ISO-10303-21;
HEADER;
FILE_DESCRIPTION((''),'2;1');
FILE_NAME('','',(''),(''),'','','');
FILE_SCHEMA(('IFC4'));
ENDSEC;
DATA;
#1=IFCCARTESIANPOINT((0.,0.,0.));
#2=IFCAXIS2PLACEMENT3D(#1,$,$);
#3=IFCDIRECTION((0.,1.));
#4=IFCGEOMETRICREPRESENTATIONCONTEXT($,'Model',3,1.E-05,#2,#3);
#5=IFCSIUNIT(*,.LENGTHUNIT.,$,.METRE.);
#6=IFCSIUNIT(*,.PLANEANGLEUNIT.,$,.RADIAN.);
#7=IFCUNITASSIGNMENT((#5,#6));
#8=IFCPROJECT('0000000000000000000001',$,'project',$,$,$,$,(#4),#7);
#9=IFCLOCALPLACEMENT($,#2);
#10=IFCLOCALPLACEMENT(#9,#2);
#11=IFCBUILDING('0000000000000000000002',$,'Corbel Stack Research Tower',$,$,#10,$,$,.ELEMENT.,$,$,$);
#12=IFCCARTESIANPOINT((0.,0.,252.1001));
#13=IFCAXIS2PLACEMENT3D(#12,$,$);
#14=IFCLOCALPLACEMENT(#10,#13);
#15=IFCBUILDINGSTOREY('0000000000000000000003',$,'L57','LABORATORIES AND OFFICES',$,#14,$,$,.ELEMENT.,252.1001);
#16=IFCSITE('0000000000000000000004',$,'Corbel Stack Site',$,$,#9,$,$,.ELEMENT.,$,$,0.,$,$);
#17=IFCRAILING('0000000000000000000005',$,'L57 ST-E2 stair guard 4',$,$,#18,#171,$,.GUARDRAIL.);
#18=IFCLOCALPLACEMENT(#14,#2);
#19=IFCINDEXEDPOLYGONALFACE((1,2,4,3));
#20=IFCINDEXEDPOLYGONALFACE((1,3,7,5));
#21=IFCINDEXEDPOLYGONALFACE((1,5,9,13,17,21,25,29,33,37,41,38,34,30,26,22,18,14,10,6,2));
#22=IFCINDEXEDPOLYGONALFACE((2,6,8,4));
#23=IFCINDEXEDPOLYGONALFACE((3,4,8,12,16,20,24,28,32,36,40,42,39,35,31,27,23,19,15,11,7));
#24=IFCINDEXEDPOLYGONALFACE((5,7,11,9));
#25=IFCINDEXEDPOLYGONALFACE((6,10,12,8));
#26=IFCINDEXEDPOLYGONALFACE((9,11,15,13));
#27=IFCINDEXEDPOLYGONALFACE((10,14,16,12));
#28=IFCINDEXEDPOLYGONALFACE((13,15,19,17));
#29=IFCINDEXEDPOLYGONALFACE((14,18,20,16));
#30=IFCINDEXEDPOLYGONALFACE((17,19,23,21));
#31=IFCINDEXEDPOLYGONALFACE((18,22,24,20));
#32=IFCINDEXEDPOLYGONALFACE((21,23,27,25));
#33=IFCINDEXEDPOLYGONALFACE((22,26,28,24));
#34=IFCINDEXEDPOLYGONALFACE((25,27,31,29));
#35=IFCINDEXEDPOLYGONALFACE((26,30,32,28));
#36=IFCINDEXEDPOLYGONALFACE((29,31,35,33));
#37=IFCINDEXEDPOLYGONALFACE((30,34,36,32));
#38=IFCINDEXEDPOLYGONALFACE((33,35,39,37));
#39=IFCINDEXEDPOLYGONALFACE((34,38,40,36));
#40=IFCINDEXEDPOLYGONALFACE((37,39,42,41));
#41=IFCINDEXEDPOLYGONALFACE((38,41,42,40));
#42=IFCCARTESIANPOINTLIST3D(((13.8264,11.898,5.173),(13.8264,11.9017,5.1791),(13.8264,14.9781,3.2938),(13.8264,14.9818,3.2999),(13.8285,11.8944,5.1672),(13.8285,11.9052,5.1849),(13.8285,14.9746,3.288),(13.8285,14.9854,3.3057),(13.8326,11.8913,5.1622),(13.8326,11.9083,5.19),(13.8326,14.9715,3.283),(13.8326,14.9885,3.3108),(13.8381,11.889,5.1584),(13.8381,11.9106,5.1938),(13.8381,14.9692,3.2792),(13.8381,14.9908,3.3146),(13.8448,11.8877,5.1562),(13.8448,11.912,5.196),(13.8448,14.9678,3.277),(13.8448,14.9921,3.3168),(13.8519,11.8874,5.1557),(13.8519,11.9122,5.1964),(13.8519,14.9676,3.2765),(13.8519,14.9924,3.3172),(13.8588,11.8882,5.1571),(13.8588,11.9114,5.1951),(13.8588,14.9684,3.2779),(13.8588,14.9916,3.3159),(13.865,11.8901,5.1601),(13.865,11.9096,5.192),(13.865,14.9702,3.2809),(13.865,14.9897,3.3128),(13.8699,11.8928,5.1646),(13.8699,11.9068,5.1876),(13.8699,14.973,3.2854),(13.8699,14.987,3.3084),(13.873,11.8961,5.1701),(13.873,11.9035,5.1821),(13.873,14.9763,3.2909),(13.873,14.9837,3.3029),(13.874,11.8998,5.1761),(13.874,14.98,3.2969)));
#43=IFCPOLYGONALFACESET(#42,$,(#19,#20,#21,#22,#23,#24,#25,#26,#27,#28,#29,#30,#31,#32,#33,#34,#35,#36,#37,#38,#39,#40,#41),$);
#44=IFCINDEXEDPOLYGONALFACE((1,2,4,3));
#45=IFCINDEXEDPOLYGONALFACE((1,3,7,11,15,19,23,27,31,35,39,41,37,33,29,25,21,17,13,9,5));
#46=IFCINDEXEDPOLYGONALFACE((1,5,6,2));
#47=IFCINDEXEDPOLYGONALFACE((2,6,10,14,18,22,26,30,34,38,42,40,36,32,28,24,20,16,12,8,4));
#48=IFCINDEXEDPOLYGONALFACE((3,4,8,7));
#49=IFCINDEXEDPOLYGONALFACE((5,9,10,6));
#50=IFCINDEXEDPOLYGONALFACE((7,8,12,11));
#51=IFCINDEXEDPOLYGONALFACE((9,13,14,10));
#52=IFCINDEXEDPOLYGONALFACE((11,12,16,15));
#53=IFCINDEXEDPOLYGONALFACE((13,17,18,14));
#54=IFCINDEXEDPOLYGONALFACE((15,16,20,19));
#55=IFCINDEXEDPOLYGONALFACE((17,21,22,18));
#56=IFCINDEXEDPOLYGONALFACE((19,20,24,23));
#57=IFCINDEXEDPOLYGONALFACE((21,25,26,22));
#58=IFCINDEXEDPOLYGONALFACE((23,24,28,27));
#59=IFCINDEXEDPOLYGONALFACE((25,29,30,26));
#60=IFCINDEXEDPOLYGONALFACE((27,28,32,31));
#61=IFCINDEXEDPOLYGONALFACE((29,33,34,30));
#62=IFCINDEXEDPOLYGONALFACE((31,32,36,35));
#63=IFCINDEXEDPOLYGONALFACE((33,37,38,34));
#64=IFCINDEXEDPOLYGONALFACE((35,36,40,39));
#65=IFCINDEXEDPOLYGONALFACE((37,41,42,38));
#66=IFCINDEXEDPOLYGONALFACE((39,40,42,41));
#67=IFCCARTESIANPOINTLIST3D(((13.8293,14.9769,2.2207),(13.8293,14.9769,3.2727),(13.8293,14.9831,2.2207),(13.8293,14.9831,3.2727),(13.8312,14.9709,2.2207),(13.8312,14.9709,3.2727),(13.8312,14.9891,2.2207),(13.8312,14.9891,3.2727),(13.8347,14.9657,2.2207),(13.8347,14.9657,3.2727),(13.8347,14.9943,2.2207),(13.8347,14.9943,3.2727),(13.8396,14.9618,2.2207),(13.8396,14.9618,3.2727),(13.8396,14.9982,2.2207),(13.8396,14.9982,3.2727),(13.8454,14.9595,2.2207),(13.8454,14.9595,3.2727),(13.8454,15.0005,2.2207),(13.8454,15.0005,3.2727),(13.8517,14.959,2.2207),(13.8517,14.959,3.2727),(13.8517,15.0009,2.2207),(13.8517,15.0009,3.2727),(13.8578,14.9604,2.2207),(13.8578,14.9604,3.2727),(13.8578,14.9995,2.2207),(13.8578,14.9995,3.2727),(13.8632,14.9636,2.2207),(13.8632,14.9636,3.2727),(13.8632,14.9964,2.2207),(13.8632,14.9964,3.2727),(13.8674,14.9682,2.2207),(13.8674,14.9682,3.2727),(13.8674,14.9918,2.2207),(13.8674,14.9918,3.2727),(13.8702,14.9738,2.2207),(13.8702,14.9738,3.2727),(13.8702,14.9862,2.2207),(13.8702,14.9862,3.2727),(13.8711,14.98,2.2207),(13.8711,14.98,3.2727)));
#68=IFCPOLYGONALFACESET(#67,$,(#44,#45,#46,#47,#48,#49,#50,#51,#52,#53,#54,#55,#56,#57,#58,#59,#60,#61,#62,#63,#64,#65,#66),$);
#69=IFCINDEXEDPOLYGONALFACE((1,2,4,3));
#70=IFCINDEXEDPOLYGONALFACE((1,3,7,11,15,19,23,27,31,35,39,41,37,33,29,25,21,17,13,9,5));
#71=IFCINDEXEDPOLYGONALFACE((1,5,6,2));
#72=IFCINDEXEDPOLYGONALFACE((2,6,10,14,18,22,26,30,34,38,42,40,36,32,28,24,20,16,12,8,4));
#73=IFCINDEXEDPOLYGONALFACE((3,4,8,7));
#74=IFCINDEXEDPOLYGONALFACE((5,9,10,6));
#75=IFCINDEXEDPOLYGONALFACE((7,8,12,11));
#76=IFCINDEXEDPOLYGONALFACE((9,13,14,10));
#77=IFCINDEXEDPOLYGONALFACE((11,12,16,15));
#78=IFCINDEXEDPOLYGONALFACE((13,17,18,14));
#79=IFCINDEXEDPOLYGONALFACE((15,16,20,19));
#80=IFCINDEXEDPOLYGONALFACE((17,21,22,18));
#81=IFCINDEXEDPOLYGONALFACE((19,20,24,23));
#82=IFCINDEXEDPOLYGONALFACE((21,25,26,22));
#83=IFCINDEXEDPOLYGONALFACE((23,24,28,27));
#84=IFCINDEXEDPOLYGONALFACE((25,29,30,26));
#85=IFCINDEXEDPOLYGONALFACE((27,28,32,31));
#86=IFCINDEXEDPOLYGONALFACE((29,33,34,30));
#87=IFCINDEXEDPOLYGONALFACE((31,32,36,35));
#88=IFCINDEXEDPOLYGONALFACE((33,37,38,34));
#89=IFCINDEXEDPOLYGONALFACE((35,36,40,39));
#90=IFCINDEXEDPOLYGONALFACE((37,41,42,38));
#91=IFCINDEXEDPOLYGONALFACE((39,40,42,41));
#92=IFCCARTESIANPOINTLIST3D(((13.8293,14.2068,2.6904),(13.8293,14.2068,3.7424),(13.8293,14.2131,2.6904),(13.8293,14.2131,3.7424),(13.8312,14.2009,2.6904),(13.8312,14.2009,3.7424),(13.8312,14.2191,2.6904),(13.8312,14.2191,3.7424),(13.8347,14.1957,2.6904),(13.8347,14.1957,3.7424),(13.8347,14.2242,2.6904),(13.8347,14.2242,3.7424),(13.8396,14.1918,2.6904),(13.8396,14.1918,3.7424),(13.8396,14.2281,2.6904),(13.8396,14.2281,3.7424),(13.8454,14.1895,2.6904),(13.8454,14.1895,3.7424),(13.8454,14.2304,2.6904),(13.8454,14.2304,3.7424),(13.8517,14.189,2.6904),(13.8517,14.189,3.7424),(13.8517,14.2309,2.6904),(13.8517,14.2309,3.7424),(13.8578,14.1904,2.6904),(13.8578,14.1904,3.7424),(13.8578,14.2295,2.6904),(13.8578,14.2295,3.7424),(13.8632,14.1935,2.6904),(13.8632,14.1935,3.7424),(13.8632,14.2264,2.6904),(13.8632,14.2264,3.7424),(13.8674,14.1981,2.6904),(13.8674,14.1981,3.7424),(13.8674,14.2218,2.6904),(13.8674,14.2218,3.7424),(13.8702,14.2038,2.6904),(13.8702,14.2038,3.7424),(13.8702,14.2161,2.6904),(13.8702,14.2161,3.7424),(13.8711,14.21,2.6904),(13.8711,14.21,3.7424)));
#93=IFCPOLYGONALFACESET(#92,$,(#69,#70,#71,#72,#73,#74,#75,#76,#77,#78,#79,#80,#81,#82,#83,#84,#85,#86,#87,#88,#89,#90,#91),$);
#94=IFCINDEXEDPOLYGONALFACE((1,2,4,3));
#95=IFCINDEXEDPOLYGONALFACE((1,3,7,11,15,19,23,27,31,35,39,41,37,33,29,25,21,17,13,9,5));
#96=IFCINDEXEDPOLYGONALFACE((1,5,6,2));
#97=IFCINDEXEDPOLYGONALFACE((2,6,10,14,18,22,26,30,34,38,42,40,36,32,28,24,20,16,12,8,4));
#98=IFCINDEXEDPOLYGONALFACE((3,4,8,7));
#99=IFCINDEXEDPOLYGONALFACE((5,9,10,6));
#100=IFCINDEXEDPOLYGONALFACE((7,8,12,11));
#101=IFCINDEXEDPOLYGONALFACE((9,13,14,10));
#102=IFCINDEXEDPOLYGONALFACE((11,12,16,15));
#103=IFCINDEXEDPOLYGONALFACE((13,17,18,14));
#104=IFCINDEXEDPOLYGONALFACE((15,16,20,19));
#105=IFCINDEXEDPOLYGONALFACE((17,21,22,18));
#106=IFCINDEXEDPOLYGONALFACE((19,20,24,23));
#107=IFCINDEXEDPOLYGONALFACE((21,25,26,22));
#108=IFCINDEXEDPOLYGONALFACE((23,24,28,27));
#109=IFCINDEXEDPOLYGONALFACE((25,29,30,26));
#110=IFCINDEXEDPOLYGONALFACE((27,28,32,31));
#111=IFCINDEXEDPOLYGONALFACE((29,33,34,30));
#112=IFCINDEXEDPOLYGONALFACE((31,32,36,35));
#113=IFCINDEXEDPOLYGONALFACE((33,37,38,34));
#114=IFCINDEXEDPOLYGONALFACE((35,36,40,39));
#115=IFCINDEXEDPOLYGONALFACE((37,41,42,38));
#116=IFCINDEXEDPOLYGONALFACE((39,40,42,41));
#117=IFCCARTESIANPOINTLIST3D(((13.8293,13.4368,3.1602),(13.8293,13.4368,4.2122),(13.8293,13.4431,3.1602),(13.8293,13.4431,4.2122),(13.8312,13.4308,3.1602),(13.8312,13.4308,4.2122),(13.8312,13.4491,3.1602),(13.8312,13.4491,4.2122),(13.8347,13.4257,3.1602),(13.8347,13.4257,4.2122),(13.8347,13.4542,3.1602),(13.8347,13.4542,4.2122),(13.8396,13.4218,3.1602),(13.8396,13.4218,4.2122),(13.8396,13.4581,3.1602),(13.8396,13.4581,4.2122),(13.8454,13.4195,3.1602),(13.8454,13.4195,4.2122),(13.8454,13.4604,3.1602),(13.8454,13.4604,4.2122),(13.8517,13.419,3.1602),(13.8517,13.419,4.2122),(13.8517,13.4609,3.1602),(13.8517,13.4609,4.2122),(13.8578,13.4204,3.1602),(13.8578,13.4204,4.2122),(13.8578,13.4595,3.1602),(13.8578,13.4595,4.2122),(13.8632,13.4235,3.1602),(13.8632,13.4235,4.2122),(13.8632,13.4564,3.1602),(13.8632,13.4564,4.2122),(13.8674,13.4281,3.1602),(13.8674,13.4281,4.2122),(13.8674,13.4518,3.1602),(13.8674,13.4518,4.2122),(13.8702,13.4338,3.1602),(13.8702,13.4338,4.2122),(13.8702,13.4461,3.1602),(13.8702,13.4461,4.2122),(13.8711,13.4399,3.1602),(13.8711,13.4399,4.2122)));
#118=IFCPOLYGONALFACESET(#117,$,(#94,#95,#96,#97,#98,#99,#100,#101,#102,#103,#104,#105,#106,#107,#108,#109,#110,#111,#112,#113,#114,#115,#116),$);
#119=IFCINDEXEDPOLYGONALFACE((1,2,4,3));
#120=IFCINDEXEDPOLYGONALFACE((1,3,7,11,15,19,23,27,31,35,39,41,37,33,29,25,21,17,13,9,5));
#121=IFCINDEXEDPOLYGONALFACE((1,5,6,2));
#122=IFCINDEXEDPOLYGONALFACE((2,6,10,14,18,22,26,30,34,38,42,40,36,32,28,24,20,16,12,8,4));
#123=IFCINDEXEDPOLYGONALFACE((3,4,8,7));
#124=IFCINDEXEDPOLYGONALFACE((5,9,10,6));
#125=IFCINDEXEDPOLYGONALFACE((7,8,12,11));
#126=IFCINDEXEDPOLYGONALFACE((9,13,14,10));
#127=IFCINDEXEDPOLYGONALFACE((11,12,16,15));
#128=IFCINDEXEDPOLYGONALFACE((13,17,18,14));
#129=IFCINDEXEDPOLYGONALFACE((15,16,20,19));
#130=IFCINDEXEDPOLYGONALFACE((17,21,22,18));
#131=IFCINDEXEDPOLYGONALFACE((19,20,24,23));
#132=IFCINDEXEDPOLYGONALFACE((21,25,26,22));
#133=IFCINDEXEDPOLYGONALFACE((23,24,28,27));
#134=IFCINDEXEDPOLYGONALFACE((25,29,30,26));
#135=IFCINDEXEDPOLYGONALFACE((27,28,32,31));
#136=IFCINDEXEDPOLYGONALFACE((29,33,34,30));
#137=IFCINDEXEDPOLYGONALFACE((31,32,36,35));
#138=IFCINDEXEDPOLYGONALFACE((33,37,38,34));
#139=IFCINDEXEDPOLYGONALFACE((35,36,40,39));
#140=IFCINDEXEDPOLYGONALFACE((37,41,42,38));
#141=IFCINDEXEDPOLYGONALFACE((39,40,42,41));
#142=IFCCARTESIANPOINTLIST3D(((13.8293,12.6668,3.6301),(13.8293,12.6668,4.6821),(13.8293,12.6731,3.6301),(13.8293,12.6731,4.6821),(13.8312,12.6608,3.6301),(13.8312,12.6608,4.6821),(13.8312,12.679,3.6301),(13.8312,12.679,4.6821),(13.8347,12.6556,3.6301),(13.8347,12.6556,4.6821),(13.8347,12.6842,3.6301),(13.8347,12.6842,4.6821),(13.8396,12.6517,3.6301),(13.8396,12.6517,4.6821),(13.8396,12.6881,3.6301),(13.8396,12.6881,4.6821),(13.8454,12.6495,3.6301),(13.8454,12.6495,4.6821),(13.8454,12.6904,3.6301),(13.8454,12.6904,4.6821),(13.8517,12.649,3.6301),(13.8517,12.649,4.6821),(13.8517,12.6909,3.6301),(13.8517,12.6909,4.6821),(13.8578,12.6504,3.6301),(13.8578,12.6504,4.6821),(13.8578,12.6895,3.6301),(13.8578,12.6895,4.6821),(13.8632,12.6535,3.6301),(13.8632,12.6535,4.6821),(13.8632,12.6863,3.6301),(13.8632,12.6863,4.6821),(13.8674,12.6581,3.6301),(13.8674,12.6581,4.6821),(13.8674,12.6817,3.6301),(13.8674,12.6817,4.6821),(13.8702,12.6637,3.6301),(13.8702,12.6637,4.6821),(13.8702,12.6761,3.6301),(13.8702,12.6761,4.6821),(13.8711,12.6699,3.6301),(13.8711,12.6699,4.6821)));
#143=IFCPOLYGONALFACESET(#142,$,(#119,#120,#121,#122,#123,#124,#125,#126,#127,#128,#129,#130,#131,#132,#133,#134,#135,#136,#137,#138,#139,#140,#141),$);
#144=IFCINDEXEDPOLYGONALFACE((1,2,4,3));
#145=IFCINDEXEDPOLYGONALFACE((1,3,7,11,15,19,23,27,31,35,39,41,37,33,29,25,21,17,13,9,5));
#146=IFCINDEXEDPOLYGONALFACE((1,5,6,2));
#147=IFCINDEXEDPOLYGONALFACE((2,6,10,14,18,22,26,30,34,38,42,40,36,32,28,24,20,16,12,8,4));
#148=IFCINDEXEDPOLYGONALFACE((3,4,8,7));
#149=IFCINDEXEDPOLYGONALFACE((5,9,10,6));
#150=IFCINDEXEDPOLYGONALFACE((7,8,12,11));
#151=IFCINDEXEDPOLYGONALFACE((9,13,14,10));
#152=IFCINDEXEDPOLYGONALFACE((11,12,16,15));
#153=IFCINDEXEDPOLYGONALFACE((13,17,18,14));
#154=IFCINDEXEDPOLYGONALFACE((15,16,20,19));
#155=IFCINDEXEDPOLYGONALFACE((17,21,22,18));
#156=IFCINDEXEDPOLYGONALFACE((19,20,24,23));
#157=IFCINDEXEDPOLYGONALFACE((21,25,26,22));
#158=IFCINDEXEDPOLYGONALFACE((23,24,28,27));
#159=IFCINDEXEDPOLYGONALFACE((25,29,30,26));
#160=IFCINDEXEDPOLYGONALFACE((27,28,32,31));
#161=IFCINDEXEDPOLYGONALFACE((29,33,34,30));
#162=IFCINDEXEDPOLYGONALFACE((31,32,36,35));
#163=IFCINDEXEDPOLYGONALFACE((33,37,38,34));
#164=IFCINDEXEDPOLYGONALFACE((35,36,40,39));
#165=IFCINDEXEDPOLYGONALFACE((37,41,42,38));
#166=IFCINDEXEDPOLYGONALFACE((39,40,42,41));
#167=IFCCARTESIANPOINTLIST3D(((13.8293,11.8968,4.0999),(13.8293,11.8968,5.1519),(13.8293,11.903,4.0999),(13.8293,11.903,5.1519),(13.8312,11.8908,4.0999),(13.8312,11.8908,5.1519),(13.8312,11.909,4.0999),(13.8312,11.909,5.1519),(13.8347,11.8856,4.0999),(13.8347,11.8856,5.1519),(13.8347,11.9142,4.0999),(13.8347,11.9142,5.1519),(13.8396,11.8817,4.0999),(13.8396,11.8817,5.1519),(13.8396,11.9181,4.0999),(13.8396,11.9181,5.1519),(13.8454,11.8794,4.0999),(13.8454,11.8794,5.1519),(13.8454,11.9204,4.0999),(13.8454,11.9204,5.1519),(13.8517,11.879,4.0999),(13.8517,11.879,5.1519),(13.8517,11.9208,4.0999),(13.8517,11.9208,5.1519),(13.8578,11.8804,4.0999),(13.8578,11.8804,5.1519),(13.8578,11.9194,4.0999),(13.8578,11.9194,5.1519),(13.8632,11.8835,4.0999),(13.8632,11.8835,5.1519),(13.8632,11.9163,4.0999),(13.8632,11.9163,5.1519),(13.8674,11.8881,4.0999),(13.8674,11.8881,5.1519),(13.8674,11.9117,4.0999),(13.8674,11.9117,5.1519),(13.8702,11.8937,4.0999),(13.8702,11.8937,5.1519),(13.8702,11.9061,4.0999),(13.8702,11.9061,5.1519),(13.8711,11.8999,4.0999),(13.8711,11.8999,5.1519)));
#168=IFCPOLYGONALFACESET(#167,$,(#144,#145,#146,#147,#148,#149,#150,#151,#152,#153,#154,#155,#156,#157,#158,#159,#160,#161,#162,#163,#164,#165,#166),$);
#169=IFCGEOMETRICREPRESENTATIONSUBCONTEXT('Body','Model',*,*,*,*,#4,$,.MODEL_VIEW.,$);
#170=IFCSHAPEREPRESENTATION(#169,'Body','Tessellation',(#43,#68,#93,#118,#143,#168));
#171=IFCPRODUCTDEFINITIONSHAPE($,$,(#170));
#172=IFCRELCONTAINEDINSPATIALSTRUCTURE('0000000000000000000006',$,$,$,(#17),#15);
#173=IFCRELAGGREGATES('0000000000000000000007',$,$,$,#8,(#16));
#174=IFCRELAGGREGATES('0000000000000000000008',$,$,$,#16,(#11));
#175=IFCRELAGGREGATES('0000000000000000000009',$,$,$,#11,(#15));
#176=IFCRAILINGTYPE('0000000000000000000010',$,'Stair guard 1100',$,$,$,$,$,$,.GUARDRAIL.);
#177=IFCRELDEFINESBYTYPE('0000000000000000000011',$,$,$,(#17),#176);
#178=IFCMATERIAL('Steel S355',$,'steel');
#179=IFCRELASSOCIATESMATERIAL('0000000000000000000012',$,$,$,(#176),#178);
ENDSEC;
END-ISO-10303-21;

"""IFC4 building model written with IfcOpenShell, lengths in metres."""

from ifc_helpers import new_model, si_unit, direction, frame, origin, origin_2d, place, context, subcontext, project, spatial, circle, extrude, material, type_object, element, save


model = new_model("IFC4")

# Units and contexts
model_context = context("Model", 3, precision=1e-05, world=origin(), true_north=direction((0.0, 1.0)))
body_context = subcontext(model_context, "Body", "Model", "MODEL_VIEW")
ifc_project = project(units=[si_unit("LENGTHUNIT", "METRE"), si_unit("PLANEANGLEUNIT", "RADIAN")], contexts=[model_context])

# Site, building, storey
site_placement = place(None, origin())
site = spatial("IfcSite", under=ifc_project, at=site_placement, Name="Corbel Stack Site", CompositionType="ELEMENT", RefElevation=0.0)
building_placement = place(site_placement, origin())
building = spatial("IfcBuilding", under=site, at=building_placement, Name="Corbel Stack Research Tower", CompositionType="ELEMENT")
storey_placement = place(building_placement, frame((0.0, 0.0, 252.1001)))
storey = spatial("IfcBuildingStorey", under=building, at=storey_placement, Name="L57", Description="LABORATORIES AND OFFICES", CompositionType="ELEMENT", Elevation=252.1001)

# Railing
ifc_material_1 = material(Name="Steel S355", Category="steel")
railing_type_1 = type_object("IfcRailingType", Name="Stair guard 1100", PredefinedType="GUARDRAIL", material=ifc_material_1)
railing_1_placement = place(storey_placement, frame((13.8501, 14.98, 2.2207)))
element("IfcRailing", 1, at=railing_1_placement, inside=storey, type_object=railing_type_1, Name="L57 ST-E2 stair guard 4", PredefinedType="GUARDRAIL", context=body_context, shape_type="SweptSolid", body=[
    extrude(circle(Radius=0.0239, at=origin_2d()), frame((0.0, 0.0, 1.0762), z_axis=(0.0, -0.853666, 0.52082), x_axis=(1.0, 0.0, 0.0)), (0.0, 0.0, 1.0), 3.6082),
    extrude(circle(Radius=0.021, at=origin_2d()), origin(), (0.0, 0.0, 1.0), 1.052),
    extrude(circle(Radius=0.021, at=origin_2d()), frame((0.0, -0.77, 0.4697)), (0.0, 0.0, 1.0), 1.052),
    extrude(circle(Radius=0.021, at=origin_2d()), frame((0.0, -1.54, 0.9395)), (0.0, 0.0, 1.0), 1.052),
    extrude(circle(Radius=0.021, at=origin_2d()), frame((0.0, -2.3101, 1.4094)), (0.0, 0.0, 1.0), 1.052),
    extrude(circle(Radius=0.021, at=origin_2d()), frame((0.0, -3.0801, 1.8792)), (0.0, 0.0, 1.0), 1.052),
])

save(model, "model.ifc")
